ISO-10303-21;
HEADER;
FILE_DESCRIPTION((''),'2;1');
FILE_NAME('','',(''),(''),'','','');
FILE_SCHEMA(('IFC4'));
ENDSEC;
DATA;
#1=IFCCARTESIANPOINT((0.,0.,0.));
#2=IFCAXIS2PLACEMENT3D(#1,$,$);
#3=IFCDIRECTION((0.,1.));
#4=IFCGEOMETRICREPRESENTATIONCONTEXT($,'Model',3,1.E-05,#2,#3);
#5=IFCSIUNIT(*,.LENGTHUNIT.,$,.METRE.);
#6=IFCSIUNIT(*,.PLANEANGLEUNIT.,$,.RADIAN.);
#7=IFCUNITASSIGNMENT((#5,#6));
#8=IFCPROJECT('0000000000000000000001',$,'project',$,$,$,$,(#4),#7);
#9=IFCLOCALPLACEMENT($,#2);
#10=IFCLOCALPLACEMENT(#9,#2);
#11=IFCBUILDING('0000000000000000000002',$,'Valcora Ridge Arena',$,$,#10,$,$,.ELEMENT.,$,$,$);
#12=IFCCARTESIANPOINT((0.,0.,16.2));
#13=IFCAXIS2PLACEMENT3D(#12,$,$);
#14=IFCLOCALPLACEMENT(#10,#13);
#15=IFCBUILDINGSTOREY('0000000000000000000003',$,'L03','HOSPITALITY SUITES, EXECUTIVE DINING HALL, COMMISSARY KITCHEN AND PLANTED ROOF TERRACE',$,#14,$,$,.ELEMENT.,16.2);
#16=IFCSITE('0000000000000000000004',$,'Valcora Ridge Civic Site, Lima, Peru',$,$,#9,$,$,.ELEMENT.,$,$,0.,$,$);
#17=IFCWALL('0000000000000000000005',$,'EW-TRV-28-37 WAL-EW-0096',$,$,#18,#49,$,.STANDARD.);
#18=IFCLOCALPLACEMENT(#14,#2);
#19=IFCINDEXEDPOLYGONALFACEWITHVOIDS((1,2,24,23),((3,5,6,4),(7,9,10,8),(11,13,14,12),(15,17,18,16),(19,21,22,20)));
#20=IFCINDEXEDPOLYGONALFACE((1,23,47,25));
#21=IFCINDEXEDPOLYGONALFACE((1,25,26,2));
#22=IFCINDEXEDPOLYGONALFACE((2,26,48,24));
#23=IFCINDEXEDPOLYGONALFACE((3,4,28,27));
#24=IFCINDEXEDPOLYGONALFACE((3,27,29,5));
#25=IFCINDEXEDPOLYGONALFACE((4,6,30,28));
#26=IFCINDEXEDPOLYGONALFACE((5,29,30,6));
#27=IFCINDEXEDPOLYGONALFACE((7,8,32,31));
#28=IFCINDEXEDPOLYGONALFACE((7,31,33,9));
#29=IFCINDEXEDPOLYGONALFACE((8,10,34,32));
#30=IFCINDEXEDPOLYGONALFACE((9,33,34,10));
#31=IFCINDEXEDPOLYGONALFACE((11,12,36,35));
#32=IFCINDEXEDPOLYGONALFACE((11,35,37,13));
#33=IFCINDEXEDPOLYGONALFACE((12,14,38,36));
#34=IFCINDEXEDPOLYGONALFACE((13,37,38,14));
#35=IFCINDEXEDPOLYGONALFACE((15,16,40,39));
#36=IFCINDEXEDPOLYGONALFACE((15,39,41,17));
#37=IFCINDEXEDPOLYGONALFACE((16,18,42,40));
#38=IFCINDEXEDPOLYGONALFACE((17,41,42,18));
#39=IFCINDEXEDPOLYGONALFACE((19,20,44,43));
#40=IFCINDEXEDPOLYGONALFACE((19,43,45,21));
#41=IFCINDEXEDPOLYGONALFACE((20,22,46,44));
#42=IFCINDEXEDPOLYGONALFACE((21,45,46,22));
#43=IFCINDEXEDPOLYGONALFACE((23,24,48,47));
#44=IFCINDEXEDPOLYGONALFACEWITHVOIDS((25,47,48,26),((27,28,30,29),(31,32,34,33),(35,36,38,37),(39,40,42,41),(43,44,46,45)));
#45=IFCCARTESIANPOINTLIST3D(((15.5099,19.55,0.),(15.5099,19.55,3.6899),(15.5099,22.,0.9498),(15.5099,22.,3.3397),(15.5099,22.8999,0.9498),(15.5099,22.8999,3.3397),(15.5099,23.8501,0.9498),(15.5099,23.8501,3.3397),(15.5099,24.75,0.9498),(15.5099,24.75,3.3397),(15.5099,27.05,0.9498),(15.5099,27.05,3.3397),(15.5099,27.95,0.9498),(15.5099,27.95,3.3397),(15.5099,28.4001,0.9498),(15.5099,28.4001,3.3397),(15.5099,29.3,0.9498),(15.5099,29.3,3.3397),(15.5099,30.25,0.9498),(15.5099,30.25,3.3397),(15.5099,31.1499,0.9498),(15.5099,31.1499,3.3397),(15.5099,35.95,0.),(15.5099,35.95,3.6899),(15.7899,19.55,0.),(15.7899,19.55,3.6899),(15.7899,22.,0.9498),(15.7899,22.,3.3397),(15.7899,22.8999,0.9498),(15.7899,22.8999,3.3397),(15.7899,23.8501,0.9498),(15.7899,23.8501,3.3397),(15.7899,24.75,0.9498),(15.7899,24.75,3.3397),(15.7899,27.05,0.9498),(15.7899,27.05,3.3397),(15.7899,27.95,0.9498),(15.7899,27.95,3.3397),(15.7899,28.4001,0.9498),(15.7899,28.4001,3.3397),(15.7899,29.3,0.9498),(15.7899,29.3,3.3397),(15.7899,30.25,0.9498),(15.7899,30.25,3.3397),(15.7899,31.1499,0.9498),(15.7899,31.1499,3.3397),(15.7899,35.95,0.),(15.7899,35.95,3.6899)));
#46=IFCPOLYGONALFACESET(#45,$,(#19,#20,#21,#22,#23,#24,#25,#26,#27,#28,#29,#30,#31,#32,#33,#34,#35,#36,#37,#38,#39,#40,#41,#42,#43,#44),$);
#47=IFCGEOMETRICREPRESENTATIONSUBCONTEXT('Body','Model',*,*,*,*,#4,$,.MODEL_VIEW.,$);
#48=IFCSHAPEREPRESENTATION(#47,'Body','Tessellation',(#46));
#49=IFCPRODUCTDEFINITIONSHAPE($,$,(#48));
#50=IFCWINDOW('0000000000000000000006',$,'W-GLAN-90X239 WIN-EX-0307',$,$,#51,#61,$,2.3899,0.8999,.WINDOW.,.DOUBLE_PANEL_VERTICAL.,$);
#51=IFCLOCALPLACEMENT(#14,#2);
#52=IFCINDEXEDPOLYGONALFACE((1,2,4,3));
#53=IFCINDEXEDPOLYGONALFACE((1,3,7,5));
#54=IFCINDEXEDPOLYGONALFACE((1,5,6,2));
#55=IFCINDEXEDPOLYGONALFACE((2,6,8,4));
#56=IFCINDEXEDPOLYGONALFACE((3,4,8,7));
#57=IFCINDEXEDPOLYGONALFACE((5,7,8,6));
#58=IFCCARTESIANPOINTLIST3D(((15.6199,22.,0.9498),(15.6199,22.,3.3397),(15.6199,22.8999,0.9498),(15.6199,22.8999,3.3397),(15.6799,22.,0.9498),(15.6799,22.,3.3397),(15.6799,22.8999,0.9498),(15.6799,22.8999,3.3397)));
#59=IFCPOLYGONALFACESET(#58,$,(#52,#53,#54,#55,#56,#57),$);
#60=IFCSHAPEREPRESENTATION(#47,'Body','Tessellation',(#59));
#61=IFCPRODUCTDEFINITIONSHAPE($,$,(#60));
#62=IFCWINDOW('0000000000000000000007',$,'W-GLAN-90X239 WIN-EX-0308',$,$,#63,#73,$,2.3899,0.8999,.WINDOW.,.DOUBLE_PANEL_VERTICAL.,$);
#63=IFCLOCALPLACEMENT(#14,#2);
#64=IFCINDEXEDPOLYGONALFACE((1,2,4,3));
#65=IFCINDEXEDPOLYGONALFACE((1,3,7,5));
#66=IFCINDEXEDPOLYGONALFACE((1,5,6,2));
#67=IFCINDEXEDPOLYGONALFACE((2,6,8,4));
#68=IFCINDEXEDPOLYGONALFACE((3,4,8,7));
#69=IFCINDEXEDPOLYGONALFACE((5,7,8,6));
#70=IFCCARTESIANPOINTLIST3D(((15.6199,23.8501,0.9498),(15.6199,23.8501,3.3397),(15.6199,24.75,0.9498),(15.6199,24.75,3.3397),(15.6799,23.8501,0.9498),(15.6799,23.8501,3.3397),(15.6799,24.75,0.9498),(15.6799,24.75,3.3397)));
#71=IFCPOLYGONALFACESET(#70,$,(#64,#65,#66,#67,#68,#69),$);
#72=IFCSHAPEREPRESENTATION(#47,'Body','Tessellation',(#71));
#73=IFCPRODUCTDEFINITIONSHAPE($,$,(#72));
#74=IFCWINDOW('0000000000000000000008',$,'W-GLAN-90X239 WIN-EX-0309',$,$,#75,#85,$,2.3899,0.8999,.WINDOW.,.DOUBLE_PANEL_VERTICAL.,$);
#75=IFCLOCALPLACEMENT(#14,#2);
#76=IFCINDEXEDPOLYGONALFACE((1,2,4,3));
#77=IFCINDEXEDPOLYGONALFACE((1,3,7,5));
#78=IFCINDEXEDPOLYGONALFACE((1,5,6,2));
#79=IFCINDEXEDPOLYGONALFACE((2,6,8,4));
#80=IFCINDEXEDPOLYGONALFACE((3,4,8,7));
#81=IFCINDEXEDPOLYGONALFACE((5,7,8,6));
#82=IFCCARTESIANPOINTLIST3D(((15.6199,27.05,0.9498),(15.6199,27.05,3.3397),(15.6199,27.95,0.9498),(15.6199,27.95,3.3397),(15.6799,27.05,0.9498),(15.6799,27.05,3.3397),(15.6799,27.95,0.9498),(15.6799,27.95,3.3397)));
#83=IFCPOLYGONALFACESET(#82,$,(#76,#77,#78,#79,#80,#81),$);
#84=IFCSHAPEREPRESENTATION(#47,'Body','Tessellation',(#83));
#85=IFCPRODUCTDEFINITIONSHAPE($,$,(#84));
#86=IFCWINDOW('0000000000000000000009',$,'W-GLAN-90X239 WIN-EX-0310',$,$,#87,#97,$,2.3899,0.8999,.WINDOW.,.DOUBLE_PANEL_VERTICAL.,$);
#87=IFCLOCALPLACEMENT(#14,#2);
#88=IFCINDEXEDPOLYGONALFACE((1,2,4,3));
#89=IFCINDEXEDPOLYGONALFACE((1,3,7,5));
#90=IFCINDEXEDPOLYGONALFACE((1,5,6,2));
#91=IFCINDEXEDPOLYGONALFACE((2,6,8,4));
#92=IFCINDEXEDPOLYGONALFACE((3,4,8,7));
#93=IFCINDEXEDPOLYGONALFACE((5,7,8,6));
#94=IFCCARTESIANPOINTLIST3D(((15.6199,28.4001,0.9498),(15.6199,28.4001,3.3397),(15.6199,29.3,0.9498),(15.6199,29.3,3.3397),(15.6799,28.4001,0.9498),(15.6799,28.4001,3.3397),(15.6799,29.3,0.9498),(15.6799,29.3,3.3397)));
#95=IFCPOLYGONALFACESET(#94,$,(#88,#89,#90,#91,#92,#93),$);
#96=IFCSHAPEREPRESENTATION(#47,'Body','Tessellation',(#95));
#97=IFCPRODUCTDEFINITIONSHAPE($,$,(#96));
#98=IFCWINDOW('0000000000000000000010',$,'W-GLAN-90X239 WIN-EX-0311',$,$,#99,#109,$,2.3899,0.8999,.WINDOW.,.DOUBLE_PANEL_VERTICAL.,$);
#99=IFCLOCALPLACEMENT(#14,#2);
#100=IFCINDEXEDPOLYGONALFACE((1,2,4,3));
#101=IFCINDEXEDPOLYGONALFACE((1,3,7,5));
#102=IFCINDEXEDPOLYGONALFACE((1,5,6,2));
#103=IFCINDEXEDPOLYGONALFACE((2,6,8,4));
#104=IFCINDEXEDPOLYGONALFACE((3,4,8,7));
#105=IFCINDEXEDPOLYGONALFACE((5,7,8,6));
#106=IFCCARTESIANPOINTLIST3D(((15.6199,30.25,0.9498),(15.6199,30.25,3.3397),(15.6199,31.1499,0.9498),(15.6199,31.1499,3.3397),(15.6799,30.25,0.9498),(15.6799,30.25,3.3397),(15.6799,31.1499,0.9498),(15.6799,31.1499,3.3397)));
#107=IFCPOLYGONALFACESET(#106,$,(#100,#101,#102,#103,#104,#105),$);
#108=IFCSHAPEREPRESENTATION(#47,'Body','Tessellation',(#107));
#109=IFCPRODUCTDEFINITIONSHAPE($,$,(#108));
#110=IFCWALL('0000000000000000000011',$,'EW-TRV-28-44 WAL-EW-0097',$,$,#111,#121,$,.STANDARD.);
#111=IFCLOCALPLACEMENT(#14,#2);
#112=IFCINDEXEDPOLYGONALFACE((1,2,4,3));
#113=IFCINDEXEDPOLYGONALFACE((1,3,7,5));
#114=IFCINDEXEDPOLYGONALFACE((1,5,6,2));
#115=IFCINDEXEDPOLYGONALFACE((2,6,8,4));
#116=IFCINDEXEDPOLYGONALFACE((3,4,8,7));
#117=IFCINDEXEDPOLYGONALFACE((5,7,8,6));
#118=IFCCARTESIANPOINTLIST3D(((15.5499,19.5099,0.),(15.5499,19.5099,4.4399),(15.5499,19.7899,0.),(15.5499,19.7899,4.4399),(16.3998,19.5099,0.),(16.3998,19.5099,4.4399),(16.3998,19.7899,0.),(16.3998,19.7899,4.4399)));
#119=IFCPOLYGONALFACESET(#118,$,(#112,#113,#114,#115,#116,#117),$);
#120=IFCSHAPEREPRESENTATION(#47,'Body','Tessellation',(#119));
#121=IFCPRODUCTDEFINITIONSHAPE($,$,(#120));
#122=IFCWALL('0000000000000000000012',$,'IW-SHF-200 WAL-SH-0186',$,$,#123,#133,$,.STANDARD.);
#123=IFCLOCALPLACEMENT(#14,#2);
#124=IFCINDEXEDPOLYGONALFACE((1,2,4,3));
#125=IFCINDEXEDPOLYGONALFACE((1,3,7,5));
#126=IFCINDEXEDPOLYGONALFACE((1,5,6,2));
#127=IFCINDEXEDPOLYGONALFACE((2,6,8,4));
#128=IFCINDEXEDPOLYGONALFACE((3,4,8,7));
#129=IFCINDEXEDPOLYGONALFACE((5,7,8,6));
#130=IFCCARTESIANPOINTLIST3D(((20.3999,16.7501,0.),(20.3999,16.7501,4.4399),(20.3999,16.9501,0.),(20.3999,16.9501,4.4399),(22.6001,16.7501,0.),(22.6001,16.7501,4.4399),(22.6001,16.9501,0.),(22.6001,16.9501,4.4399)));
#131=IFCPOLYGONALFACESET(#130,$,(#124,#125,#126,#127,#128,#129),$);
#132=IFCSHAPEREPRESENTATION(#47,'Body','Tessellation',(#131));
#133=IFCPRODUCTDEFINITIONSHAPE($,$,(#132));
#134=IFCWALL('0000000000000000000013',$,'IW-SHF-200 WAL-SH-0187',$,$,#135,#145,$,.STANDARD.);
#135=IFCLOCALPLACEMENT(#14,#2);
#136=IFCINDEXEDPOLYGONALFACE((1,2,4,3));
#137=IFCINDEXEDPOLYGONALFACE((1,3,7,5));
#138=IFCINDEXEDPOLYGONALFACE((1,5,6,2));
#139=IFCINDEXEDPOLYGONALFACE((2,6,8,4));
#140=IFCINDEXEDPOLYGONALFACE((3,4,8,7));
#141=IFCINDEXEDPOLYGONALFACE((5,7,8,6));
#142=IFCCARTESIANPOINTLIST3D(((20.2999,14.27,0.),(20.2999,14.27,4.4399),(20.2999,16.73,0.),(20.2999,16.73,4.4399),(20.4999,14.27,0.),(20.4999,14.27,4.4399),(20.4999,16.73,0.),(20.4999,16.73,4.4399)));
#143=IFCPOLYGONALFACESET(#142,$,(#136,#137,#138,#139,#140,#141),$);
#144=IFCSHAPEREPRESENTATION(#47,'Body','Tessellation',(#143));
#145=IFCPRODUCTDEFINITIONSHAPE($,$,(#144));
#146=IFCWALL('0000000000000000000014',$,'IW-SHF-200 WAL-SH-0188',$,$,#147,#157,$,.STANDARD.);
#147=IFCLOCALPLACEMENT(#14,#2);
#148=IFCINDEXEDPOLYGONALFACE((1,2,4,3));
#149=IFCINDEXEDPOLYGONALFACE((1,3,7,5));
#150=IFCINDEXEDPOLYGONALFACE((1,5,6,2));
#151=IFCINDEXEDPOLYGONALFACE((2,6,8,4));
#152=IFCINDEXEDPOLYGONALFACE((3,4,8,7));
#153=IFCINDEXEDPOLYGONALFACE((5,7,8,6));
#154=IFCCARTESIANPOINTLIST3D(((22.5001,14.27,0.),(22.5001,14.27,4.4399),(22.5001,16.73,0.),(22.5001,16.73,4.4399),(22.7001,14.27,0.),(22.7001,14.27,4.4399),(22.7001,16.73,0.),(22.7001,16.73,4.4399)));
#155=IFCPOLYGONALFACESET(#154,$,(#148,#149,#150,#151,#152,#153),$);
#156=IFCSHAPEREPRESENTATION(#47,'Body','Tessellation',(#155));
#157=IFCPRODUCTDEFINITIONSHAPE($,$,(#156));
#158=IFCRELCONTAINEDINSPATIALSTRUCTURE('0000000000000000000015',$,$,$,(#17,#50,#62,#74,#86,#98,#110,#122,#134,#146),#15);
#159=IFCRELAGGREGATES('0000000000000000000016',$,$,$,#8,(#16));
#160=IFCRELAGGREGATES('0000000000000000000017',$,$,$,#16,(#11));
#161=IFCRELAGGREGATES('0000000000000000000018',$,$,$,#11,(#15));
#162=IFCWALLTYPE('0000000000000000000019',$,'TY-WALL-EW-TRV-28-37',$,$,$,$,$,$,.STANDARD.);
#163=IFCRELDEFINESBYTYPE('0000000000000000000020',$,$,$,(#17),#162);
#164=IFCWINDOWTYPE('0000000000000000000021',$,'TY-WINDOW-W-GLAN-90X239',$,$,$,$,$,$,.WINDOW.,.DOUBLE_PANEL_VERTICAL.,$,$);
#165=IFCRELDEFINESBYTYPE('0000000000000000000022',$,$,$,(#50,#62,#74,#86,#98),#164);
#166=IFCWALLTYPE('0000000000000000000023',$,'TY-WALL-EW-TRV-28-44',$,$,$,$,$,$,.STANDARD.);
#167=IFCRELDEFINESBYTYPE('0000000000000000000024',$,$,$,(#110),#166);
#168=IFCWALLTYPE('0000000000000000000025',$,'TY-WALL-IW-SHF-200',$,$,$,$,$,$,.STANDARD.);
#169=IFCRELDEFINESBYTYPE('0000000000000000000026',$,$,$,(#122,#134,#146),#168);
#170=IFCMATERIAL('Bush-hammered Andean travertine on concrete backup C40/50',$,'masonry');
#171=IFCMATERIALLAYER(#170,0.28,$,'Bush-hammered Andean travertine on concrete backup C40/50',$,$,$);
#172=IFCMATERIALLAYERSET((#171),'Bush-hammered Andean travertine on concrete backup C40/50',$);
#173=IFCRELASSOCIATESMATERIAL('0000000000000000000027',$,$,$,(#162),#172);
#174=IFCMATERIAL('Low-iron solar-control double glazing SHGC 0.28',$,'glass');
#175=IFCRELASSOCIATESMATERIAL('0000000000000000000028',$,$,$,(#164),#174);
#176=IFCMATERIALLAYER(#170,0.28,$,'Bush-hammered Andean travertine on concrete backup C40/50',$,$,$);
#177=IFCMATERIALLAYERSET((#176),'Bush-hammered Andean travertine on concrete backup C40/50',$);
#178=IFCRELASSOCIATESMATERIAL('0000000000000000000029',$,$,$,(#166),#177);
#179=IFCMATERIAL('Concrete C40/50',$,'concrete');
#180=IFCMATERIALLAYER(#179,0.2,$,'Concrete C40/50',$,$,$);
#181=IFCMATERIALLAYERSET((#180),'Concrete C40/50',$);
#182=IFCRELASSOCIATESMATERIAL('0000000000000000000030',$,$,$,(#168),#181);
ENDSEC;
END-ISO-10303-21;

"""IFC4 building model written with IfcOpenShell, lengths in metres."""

from ifc_helpers import new_model, si_unit, direction, frame, frame_2d, origin, place, context, subcontext, project, spatial, rectangle, extrude, material, layer, layer_set, type_object, element, fill, save


model = new_model("IFC4")

# Units and contexts
model_context = context("Model", 3, precision=1e-05, world=origin(), true_north=direction((0.0, 1.0)))
body_context = subcontext(model_context, "Body", "Model", "MODEL_VIEW")
ifc_project = project(units=[si_unit("LENGTHUNIT", "METRE"), si_unit("PLANEANGLEUNIT", "RADIAN")], contexts=[model_context])

# Site, building, storey
site_placement = place(None, origin())
site = spatial("IfcSite", under=ifc_project, at=site_placement, Name="Valcora Ridge Civic Site, Lima, Peru", CompositionType="ELEMENT", RefElevation=0.0)
building_placement = place(site_placement, origin())
building = spatial("IfcBuilding", under=site, at=building_placement, Name="Valcora Ridge Arena", CompositionType="ELEMENT")
storey_placement = place(building_placement, frame((0.0, 0.0, 16.2)))
storey = spatial("IfcBuildingStorey", under=building, at=storey_placement, Name="L03", Description="HOSPITALITY SUITES, EXECUTIVE DINING HALL, COMMISSARY KITCHEN AND PLANTED ROOF TERRACE", CompositionType="ELEMENT", Elevation=16.2)

# Shared definitions
ifc_material_1 = material(Name="Concrete C40/50", Category="concrete")

# Wall, openings, windows
ifc_material_2 = material(Name="Bush-hammered Andean travertine on concrete backup C40/50", Category="masonry")
ifc_layer_1 = layer(ifc_material_2, 0.28, Name="Bush-hammered Andean travertine on concrete backup C40/50")
ifc_layer_set_1 = layer_set([ifc_layer_1], Name="Bush-hammered Andean travertine on concrete backup C40/50")
wall_type_1 = type_object("IfcWallType", Name="TY-WALL-EW-TRV-28-37", PredefinedType="STANDARD", material=ifc_layer_set_1)
wall_1_placement = place(storey_placement, frame((15.6499, 19.55, 0.0), z_axis=(0.0, 0.0, 1.0), x_axis=(0.0, 1.0, 0.0)))
wall_1 = element("IfcWall", 1, at=wall_1_placement, inside=storey, type_object=wall_type_1, Name="EW-TRV-28-37 WAL-EW-0096", PredefinedType="STANDARD", context=body_context, shape_type="SweptSolid", body=[
    extrude(rectangle(XDim=16.3999, YDim=0.28, at=frame_2d((8.2, 0.0))), origin(), (0.0, 0.0, 1.0), 3.6899),
])
opening_1_placement = place(wall_1_placement, frame((2.45, 0.0, 0.95)))
opening_1 = element("IfcOpeningElement", 2, at=opening_1_placement, cuts=wall_1, PredefinedType="OPENING", context=body_context, shape_type="SweptSolid", body=[
    extrude(rectangle(XDim=0.8999, YDim=2.3899, at=frame_2d((0.45, 1.1948))), frame((0.0, 0.1499, 0.0), z_axis=(0.0, -1.0, 0.0), x_axis=(1.0, 0.0, 0.0)), (0.0, 0.0, 1.0), 0.3),
])
opening_2_placement = place(wall_1_placement, frame((4.3, 0.0, 0.95)))
opening_2 = element("IfcOpeningElement", 3, at=opening_2_placement, cuts=wall_1, PredefinedType="OPENING", context=body_context, shape_type="SweptSolid", body=[
    extrude(rectangle(XDim=0.8999, YDim=2.3899, at=frame_2d((0.45, 1.1948))), frame((0.0, 0.1499, 0.0), z_axis=(0.0, -1.0, 0.0), x_axis=(1.0, 0.0, 0.0)), (0.0, 0.0, 1.0), 0.3),
])
opening_3_placement = place(wall_1_placement, frame((7.5, 0.0, 0.95)))
opening_3 = element("IfcOpeningElement", 4, at=opening_3_placement, cuts=wall_1, PredefinedType="OPENING", context=body_context, shape_type="SweptSolid", body=[
    extrude(rectangle(XDim=0.8999, YDim=2.3899, at=frame_2d((0.45, 1.1948))), frame((0.0, 0.1499, 0.0), z_axis=(0.0, -1.0, 0.0), x_axis=(1.0, 0.0, 0.0)), (0.0, 0.0, 1.0), 0.3),
])
opening_4_placement = place(wall_1_placement, frame((8.8501, 0.0, 0.95)))
opening_4 = element("IfcOpeningElement", 5, at=opening_4_placement, cuts=wall_1, PredefinedType="OPENING", context=body_context, shape_type="SweptSolid", body=[
    extrude(rectangle(XDim=0.8999, YDim=2.3899, at=frame_2d((0.45, 1.1948))), frame((0.0, 0.1499, 0.0), z_axis=(0.0, -1.0, 0.0), x_axis=(1.0, 0.0, 0.0)), (0.0, 0.0, 1.0), 0.3),
])
opening_5_placement = place(wall_1_placement, frame((10.7, 0.0, 0.95)))
opening_5 = element("IfcOpeningElement", 6, at=opening_5_placement, cuts=wall_1, PredefinedType="OPENING", context=body_context, shape_type="SweptSolid", body=[
    extrude(rectangle(XDim=0.8999, YDim=2.3899, at=frame_2d((0.45, 1.1948))), frame((0.0, 0.1499, 0.0), z_axis=(0.0, -1.0, 0.0), x_axis=(1.0, 0.0, 0.0)), (0.0, 0.0, 1.0), 0.3),
])
ifc_material_3 = material(Name="Low-iron solar-control double glazing SHGC 0.28", Category="glass")
window_type = type_object("IfcWindowType", Name="TY-WINDOW-W-GLAN-90X239", PartitioningType="DOUBLE_PANEL_VERTICAL", PredefinedType="WINDOW", material=ifc_material_3)
window_1_placement = place(opening_1_placement, origin())
window_1 = element("IfcWindow", 7, at=window_1_placement, inside=storey, type_object=window_type, Name="W-GLAN-90X239 WIN-EX-0307", OverallHeight=2.3899, OverallWidth=0.8999, PartitioningType="DOUBLE_PANEL_VERTICAL", PredefinedType="WINDOW", context=body_context, shape_type="SweptSolid", body=[
    extrude(rectangle(XDim=0.8999, YDim=2.3899, at=frame_2d((0.45, 1.1948))), frame((0.0, 0.03, 0.0), z_axis=(0.0, -1.0, 0.0), x_axis=(1.0, 0.0, 0.0)), (0.0, 0.0, 1.0), 0.0601),
])
fill(opening_1, window_1)
window_2_placement = place(opening_2_placement, origin())
window_2 = element("IfcWindow", 8, at=window_2_placement, inside=storey, type_object=window_type, Name="W-GLAN-90X239 WIN-EX-0308", OverallHeight=2.3899, OverallWidth=0.8999, PartitioningType="DOUBLE_PANEL_VERTICAL", PredefinedType="WINDOW", context=body_context, shape_type="SweptSolid", body=[
    extrude(rectangle(XDim=0.8999, YDim=2.3899, at=frame_2d((0.45, 1.1948))), frame((0.0, 0.03, 0.0), z_axis=(0.0, -1.0, 0.0), x_axis=(1.0, 0.0, 0.0)), (0.0, 0.0, 1.0), 0.0601),
])
fill(opening_2, window_2)
window_3_placement = place(opening_3_placement, origin())
window_3 = element("IfcWindow", 9, at=window_3_placement, inside=storey, type_object=window_type, Name="W-GLAN-90X239 WIN-EX-0309", OverallHeight=2.3899, OverallWidth=0.8999, PartitioningType="DOUBLE_PANEL_VERTICAL", PredefinedType="WINDOW", context=body_context, shape_type="SweptSolid", body=[
    extrude(rectangle(XDim=0.8999, YDim=2.3899, at=frame_2d((0.45, 1.1948))), frame((0.0, 0.03, 0.0), z_axis=(0.0, -1.0, 0.0), x_axis=(1.0, 0.0, 0.0)), (0.0, 0.0, 1.0), 0.0601),
])
fill(opening_3, window_3)
window_4_placement = place(opening_4_placement, origin())
window_4 = element("IfcWindow", 10, at=window_4_placement, inside=storey, type_object=window_type, Name="W-GLAN-90X239 WIN-EX-0310", OverallHeight=2.3899, OverallWidth=0.8999, PartitioningType="DOUBLE_PANEL_VERTICAL", PredefinedType="WINDOW", context=body_context, shape_type="SweptSolid", body=[
    extrude(rectangle(XDim=0.8999, YDim=2.3899, at=frame_2d((0.45, 1.1948))), frame((0.0, 0.03, 0.0), z_axis=(0.0, -1.0, 0.0), x_axis=(1.0, 0.0, 0.0)), (0.0, 0.0, 1.0), 0.0601),
])
fill(opening_4, window_4)
window_5_placement = place(opening_5_placement, origin())
window_5 = element("IfcWindow", 11, at=window_5_placement, inside=storey, type_object=window_type, Name="W-GLAN-90X239 WIN-EX-0311", OverallHeight=2.3899, OverallWidth=0.8999, PartitioningType="DOUBLE_PANEL_VERTICAL", PredefinedType="WINDOW", context=body_context, shape_type="SweptSolid", body=[
    extrude(rectangle(XDim=0.8999, YDim=2.3899, at=frame_2d((0.45, 1.1948))), frame((0.0, 0.03, 0.0), z_axis=(0.0, -1.0, 0.0), x_axis=(1.0, 0.0, 0.0)), (0.0, 0.0, 1.0), 0.0601),
])
fill(opening_5, window_5)

# Wall
ifc_layer_2 = layer(ifc_material_2, 0.28, Name="Bush-hammered Andean travertine on concrete backup C40/50")
ifc_layer_set_2 = layer_set([ifc_layer_2], Name="Bush-hammered Andean travertine on concrete backup C40/50")
wall_type_2 = type_object("IfcWallType", Name="TY-WALL-EW-TRV-28-44", PredefinedType="STANDARD", material=ifc_layer_set_2)
wall_2_placement = place(storey_placement, frame((15.55, 19.6499, 0.0), z_axis=(0.0, 0.0, 1.0), x_axis=(1.0, 0.0, 0.0)))
element("IfcWall", 12, at=wall_2_placement, inside=storey, type_object=wall_type_2, Name="EW-TRV-28-44 WAL-EW-0097", PredefinedType="STANDARD", context=body_context, shape_type="SweptSolid", body=[
    extrude(rectangle(XDim=0.8499, YDim=0.28, at=frame_2d((0.4248, 0.0))), origin(), (0.0, 0.0, 1.0), 4.4399),
])

# Shared definitions
ifc_layer_3 = layer(ifc_material_1, 0.2, Name="Concrete C40/50")
ifc_layer_set_3 = layer_set([ifc_layer_3], Name="Concrete C40/50")
wall_type_3 = type_object("IfcWallType", Name="TY-WALL-IW-SHF-200", PredefinedType="STANDARD", material=ifc_layer_set_3)

# Walls
wall_3_placement = place(storey_placement, frame((20.3999, 16.8501, 0.0), z_axis=(0.0, 0.0, 1.0), x_axis=(1.0, 0.0, 0.0)))
element("IfcWall", 13, at=wall_3_placement, inside=storey, type_object=wall_type_3, Name="IW-SHF-200 WAL-SH-0186", PredefinedType="STANDARD", context=body_context, shape_type="SweptSolid", body=[
    extrude(rectangle(XDim=2.2002, YDim=0.2, at=frame_2d((1.1001, 0.0))), origin(), (0.0, 0.0, 1.0), 4.4399),
])
for number, where, z_axis, x_axis, name in (
    (14, (20.3999, 14.27, 0.0), (0.0, 0.0, 1.0), (0.0, 1.0, 0.0), "IW-SHF-200 WAL-SH-0187"),
    (15, (22.6001, 14.27, 0.0), (0.0, 0.0, 1.0), (0.0, 1.0, 0.0), "IW-SHF-200 WAL-SH-0188"),
):
    element("IfcWall", number, at=place(storey_placement, frame(where, z_axis=z_axis, x_axis=x_axis)), inside=storey, type_object=wall_type_3, Name=name, PredefinedType="STANDARD", context=body_context, shape_type="SweptSolid", body=[
        extrude(rectangle(XDim=2.46, YDim=0.2, at=frame_2d((1.23, 0.0))), origin(), (0.0, 0.0, 1.0), 4.4399),
    ])

save(model, "model.ifc")
